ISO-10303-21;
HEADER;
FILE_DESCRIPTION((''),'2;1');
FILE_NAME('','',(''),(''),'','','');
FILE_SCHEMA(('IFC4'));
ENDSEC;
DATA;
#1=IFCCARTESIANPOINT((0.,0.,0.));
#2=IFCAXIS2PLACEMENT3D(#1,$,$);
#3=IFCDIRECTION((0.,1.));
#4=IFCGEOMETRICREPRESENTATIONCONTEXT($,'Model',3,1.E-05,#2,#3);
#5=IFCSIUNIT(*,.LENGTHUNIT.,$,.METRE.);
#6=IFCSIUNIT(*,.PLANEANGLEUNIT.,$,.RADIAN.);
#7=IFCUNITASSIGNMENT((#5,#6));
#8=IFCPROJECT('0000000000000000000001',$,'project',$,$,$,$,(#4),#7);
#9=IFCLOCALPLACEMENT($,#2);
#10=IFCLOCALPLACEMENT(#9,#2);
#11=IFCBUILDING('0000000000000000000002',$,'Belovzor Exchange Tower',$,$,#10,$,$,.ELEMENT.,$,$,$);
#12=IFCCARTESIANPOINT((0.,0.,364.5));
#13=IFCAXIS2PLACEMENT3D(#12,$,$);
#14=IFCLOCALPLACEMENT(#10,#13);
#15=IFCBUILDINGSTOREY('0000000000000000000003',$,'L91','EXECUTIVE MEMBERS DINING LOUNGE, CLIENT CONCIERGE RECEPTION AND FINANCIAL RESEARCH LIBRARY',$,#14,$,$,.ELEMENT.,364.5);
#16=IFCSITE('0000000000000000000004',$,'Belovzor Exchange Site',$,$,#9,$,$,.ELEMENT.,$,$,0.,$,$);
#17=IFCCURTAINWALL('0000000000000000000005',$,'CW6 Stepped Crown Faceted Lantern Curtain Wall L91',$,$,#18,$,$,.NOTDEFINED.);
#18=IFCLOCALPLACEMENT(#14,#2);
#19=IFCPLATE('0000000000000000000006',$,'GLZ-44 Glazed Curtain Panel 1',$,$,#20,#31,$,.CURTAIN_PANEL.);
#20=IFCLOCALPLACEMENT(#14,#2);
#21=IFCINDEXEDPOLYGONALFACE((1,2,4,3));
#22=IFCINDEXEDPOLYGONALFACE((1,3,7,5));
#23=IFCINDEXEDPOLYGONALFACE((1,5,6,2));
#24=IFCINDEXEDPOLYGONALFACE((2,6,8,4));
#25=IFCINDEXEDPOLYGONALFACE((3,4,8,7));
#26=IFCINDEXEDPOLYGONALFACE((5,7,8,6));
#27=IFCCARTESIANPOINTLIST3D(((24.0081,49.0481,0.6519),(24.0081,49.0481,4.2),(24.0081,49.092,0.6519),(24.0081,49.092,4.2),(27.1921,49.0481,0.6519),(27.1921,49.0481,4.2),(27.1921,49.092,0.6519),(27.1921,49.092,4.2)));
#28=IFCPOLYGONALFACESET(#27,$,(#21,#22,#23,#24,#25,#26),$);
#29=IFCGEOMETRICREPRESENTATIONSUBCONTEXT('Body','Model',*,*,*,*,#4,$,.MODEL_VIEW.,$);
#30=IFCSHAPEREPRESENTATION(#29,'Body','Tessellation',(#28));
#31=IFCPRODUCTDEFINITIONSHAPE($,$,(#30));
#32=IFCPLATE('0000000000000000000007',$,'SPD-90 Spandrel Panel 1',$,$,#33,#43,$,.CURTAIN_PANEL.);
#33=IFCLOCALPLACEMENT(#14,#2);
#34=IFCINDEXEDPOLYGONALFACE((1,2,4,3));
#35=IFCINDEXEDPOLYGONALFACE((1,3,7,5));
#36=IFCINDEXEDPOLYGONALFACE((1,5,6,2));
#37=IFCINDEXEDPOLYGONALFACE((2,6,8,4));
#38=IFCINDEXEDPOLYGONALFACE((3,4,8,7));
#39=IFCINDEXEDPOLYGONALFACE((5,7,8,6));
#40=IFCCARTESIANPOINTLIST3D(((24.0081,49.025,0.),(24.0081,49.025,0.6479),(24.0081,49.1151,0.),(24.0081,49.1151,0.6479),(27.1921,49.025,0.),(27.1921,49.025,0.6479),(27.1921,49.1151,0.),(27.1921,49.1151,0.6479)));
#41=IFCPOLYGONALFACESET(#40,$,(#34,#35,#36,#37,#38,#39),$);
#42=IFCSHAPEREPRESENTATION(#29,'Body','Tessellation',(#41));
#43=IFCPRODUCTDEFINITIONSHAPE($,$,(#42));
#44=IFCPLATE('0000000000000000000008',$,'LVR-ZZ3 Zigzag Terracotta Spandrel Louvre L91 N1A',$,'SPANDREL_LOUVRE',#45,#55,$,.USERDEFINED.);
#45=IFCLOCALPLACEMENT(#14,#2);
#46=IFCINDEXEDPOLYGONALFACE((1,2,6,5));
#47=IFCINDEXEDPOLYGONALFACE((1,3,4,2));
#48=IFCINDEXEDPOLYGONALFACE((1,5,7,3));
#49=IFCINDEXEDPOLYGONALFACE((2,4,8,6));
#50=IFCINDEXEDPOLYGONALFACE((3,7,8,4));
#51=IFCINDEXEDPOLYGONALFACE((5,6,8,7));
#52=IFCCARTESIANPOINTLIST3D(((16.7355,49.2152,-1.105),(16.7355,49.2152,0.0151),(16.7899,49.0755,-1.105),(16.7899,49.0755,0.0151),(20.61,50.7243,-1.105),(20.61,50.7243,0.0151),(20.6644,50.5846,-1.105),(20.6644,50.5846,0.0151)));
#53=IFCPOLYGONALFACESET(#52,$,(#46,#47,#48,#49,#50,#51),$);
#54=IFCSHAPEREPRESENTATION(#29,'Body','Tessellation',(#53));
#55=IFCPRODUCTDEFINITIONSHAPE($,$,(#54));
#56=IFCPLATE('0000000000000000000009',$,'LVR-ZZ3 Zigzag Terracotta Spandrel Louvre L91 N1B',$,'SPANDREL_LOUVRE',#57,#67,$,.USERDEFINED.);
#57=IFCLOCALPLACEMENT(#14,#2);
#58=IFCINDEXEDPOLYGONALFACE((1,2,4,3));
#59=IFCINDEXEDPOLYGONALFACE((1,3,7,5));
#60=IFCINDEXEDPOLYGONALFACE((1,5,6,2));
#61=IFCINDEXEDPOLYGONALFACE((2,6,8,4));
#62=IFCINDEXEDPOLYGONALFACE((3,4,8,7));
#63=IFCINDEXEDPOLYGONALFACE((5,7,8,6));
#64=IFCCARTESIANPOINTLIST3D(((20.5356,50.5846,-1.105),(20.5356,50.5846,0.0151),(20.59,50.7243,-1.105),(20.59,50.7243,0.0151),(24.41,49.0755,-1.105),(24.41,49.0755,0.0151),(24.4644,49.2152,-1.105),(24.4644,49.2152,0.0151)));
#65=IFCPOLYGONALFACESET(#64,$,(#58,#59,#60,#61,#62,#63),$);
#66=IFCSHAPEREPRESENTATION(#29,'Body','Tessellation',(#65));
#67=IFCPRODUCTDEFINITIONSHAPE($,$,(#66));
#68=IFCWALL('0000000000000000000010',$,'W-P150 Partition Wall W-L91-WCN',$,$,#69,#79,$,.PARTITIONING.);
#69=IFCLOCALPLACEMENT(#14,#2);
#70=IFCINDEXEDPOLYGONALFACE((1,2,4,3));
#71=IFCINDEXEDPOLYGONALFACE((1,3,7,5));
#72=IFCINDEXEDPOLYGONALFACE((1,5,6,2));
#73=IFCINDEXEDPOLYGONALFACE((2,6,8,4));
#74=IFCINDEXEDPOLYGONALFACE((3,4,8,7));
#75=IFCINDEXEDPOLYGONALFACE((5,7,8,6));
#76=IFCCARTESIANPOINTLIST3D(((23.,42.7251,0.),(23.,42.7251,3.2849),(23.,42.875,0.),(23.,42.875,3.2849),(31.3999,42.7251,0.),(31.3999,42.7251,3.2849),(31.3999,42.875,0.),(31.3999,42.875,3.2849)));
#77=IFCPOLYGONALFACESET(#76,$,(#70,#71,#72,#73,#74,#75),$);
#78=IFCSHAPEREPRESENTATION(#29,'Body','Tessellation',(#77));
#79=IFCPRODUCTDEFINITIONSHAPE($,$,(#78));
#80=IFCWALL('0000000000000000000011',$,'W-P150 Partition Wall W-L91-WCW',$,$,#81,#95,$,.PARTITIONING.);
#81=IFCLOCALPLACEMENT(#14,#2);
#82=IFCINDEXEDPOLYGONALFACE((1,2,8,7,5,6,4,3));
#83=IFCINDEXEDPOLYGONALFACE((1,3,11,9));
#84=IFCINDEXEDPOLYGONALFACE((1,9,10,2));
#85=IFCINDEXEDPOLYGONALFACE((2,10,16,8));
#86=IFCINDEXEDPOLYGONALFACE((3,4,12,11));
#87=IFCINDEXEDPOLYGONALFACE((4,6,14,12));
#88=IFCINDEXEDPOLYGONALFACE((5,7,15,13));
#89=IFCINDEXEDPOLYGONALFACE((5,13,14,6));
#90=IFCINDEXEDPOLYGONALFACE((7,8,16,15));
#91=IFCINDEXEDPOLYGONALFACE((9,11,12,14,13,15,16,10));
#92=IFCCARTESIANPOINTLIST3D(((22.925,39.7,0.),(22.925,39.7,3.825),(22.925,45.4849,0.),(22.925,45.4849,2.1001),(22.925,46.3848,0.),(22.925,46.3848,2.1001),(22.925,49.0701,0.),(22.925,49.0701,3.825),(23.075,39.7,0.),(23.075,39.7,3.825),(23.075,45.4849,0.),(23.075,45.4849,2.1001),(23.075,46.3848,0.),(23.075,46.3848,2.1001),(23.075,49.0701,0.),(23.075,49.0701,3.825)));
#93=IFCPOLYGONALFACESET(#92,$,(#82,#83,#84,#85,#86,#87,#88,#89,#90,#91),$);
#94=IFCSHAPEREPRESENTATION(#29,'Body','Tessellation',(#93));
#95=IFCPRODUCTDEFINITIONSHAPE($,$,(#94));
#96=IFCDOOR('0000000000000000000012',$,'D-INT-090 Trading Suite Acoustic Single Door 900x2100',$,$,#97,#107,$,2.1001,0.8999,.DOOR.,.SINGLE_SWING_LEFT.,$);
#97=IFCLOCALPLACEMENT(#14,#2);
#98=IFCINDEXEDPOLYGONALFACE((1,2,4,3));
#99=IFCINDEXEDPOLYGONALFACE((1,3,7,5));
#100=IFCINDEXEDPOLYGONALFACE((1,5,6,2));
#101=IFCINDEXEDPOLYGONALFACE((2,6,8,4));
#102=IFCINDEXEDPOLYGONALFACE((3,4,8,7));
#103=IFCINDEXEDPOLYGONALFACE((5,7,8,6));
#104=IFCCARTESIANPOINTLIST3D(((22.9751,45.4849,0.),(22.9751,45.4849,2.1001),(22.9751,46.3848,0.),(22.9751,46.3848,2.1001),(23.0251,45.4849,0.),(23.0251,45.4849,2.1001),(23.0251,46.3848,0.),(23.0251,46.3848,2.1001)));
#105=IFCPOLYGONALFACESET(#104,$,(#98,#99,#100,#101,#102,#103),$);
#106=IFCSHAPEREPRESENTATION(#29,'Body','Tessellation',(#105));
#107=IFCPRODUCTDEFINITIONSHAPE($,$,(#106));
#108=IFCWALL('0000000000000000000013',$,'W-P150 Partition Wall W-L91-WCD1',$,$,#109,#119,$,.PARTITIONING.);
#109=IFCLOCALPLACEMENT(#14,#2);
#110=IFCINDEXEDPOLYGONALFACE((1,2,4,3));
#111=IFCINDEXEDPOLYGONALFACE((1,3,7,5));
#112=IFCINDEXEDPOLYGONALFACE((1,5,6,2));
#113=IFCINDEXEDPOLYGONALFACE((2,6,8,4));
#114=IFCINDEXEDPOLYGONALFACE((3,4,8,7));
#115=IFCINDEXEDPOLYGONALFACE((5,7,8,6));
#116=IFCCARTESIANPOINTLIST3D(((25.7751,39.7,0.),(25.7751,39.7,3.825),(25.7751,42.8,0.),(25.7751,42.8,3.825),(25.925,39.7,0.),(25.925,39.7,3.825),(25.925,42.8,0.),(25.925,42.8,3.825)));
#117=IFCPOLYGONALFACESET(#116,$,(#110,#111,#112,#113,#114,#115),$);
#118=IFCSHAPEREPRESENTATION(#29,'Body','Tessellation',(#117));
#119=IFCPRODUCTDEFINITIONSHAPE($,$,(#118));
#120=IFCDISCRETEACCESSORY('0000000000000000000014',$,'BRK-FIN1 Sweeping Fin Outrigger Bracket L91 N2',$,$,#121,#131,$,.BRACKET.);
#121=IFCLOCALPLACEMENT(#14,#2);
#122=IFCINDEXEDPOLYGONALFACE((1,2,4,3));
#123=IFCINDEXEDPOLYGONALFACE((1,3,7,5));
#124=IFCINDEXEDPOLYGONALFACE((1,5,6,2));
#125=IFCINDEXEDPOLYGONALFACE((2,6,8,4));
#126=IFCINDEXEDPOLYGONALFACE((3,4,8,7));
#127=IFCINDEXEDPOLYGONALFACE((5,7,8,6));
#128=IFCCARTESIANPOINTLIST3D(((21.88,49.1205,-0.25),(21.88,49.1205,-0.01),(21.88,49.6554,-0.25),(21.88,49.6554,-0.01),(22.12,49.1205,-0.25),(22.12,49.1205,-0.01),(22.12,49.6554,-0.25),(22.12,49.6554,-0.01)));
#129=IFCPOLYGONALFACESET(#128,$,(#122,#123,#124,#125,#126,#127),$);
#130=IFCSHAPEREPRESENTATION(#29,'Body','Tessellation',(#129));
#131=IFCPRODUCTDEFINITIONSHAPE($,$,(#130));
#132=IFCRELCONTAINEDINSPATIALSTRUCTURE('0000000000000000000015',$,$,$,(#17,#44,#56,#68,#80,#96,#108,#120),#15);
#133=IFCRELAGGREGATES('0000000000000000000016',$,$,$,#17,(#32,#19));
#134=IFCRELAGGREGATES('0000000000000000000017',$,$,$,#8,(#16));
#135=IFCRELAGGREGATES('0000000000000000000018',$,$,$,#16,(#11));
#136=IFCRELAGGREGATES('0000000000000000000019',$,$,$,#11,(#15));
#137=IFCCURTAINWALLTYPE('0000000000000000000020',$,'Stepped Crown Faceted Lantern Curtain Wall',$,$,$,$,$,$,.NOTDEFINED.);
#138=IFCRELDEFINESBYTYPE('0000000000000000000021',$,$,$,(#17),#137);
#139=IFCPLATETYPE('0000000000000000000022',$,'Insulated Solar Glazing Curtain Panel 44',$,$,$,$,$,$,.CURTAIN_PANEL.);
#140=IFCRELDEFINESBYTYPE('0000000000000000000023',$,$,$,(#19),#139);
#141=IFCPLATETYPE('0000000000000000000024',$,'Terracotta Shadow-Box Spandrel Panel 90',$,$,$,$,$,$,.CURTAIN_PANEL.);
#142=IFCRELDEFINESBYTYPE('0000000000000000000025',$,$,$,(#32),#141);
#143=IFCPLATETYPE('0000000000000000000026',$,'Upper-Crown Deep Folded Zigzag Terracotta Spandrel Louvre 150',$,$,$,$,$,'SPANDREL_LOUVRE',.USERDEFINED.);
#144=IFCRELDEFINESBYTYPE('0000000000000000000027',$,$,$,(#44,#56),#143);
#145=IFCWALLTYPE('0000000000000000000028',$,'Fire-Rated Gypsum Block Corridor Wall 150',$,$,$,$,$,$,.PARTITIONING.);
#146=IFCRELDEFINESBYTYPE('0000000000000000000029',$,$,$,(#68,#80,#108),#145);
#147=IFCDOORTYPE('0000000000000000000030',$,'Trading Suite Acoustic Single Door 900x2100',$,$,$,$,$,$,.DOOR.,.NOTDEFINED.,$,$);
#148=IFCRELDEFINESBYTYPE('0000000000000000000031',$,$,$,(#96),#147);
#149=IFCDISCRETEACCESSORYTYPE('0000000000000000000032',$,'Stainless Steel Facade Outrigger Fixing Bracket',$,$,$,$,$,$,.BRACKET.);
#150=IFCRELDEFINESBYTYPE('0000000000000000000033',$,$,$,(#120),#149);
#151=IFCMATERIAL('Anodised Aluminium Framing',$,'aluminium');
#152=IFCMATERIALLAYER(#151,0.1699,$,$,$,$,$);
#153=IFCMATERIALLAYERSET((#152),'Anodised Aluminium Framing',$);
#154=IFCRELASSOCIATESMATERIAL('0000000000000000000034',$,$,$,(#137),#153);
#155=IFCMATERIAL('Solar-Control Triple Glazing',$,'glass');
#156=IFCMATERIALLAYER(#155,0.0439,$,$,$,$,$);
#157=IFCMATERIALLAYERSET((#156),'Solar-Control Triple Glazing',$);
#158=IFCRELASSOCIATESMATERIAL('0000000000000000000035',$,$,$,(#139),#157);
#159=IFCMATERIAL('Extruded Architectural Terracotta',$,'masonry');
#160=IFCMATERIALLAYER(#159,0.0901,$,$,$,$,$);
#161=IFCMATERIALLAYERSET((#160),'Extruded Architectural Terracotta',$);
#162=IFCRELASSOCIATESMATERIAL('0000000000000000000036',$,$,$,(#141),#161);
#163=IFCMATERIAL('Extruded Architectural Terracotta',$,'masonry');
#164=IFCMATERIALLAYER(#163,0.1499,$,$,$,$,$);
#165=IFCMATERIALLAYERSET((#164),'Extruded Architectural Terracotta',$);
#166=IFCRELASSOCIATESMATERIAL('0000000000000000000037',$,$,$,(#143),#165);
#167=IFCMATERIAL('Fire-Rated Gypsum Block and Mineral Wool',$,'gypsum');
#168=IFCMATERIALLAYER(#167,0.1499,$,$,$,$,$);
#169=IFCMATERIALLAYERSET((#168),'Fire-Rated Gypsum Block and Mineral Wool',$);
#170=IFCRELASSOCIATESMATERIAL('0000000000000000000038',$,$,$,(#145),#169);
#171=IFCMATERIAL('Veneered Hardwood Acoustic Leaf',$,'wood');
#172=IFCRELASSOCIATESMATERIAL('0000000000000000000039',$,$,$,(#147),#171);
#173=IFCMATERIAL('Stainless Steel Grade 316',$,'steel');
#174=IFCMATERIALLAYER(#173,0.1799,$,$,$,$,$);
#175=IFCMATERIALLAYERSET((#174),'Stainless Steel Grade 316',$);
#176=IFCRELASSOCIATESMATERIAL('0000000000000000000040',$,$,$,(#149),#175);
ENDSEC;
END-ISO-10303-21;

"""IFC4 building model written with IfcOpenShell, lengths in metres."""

from ifc_helpers import new_model, si_unit, direction, frame, frame_2d, origin, origin_2d, place, context, subcontext, project, spatial, rectangle, extrude, material, layer, layer_set, type_object, element, fill, aggregate, save


model = new_model("IFC4")

# Units and contexts
model_context = context("Model", 3, precision=1e-05, world=origin(), true_north=direction((0.0, 1.0)))
body_context = subcontext(model_context, "Body", "Model", "MODEL_VIEW")
ifc_project = project(units=[si_unit("LENGTHUNIT", "METRE"), si_unit("PLANEANGLEUNIT", "RADIAN")], contexts=[model_context])

# Site, building, storey
site_placement = place(None, origin())
site = spatial("IfcSite", under=ifc_project, at=site_placement, Name="Belovzor Exchange Site", CompositionType="ELEMENT", RefElevation=0.0)
building_placement = place(site_placement, origin())
building = spatial("IfcBuilding", under=site, at=building_placement, Name="Belovzor Exchange Tower", CompositionType="ELEMENT")
storey_placement = place(building_placement, frame((0.0, 0.0, 364.5)))
storey = spatial("IfcBuildingStorey", under=building, at=storey_placement, Name="L91", Description="EXECUTIVE MEMBERS DINING LOUNGE, CLIENT CONCIERGE RECEPTION AND FINANCIAL RESEARCH LIBRARY", CompositionType="ELEMENT", Elevation=364.5)

# Curtain wall
ifc_material_1 = material(Name="Anodised Aluminium Framing", Category="aluminium")
ifc_layer_1 = layer(ifc_material_1, 0.1699)
ifc_layer_set_1 = layer_set([ifc_layer_1], Name="Anodised Aluminium Framing")
curtain_wall_type = type_object("IfcCurtainWallType", Name="Stepped Crown Faceted Lantern Curtain Wall", PredefinedType="NOTDEFINED", material=ifc_layer_set_1)
curtain_wall_placement = place(storey_placement, origin())
curtain_wall = element("IfcCurtainWall", 1, at=curtain_wall_placement, inside=storey, type_object=curtain_wall_type, Name="CW6 Stepped Crown Faceted Lantern Curtain Wall L91", PredefinedType="NOTDEFINED")

# Plates
ifc_material_2 = material(Name="Solar-Control Triple Glazing", Category="glass")
ifc_layer_2 = layer(ifc_material_2, 0.0439)
ifc_layer_set_2 = layer_set([ifc_layer_2], Name="Solar-Control Triple Glazing")
plate_type_1 = type_object("IfcPlateType", Name="Insulated Solar Glazing Curtain Panel 44", PredefinedType="CURTAIN_PANEL", material=ifc_layer_set_2)
plate_1_placement = place(storey_placement, frame((25.6001, 49.0701, 0.6519), z_axis=(0.0, 0.0, 1.0), x_axis=(1.0, 0.0, 0.0)))
plate_1 = element("IfcPlate", 2, at=plate_1_placement, type_object=plate_type_1, Name="GLZ-44 Glazed Curtain Panel 1", PredefinedType="CURTAIN_PANEL", context=body_context, shape_type="SweptSolid", body=[
    extrude(rectangle(XDim=3.1841, YDim=0.0439, at=origin_2d()), origin(), (0.0, 0.0, 1.0), 3.5481),
])
ifc_material_3 = material(Name="Extruded Architectural Terracotta", Category="masonry")
ifc_layer_3 = layer(ifc_material_3, 0.0901)
ifc_layer_set_3 = layer_set([ifc_layer_3], Name="Extruded Architectural Terracotta")
plate_type_2 = type_object("IfcPlateType", Name="Terracotta Shadow-Box Spandrel Panel 90", PredefinedType="CURTAIN_PANEL", material=ifc_layer_set_3)
plate_2_placement = place(storey_placement, frame((25.6001, 49.0701, 0.0), z_axis=(0.0, 0.0, 1.0), x_axis=(1.0, 0.0, 0.0)))
plate_2 = element("IfcPlate", 3, at=plate_2_placement, type_object=plate_type_2, Name="SPD-90 Spandrel Panel 1", PredefinedType="CURTAIN_PANEL", context=body_context, shape_type="SweptSolid", body=[
    extrude(rectangle(XDim=3.1841, YDim=0.0901, at=origin_2d()), origin(), (0.0, 0.0, 1.0), 0.6479),
])
aggregate(curtain_wall, [plate_2, plate_1])

# Plates
ifc_material_4 = material(Name="Extruded Architectural Terracotta", Category="masonry")
ifc_layer_4 = layer(ifc_material_4, 0.1499)
ifc_layer_set_4 = layer_set([ifc_layer_4], Name="Extruded Architectural Terracotta")
plate_type_3 = type_object("IfcPlateType", Name="Upper-Crown Deep Folded Zigzag Terracotta Spandrel Louvre 150", ElementType="SPANDREL_LOUVRE", PredefinedType="USERDEFINED", material=ifc_layer_set_4)
for number, where, z_axis, x_axis, name in (
    (4, (18.7, 49.8999, -1.105), (0.0, 0.0, 1.0), (0.931818, 0.362926, 0.0), "LVR-ZZ3 Zigzag Terracotta Spandrel Louvre L91 N1A"),
    (5, (22.5, 49.8999, -1.105), (0.0, 0.0, 1.0), (0.931818, -0.362926, 0.0), "LVR-ZZ3 Zigzag Terracotta Spandrel Louvre L91 N1B"),
):
    element("IfcPlate", number, at=place(storey_placement, frame(where, z_axis=z_axis, x_axis=x_axis)), inside=storey, type_object=plate_type_3, Name=name, ObjectType="SPANDREL_LOUVRE", PredefinedType="USERDEFINED", context=body_context, shape_type="SweptSolid", body=[
        extrude(rectangle(XDim=4.158, YDim=0.1499, at=origin_2d()), origin(), (0.0, 0.0, 1.0), 1.1201),
    ])

# Wall
ifc_material_5 = material(Name="Fire-Rated Gypsum Block and Mineral Wool", Category="gypsum")
ifc_layer_5 = layer(ifc_material_5, 0.1499)
ifc_layer_set_5 = layer_set([ifc_layer_5], Name="Fire-Rated Gypsum Block and Mineral Wool")
wall_type = type_object("IfcWallType", Name="Fire-Rated Gypsum Block Corridor Wall 150", PredefinedType="PARTITIONING", material=ifc_layer_set_5)
wall_1_placement = place(storey_placement, frame((23.0, 42.8, 0.0), z_axis=(0.0, 0.0, 1.0), x_axis=(1.0, 0.0, 0.0)))
element("IfcWall", 6, at=wall_1_placement, inside=storey, type_object=wall_type, Name="W-P150 Partition Wall W-L91-WCN", PredefinedType="PARTITIONING", context=body_context, shape_type="SweptSolid", body=[
    extrude(rectangle(XDim=8.3999, YDim=0.1499, at=frame_2d((4.2, 0.0))), origin(), (0.0, 0.0, 1.0), 3.2849),
])

# Wall, opening, door
wall_2_placement = place(storey_placement, frame((23.0, 39.7, 0.0), z_axis=(0.0, 0.0, 1.0), x_axis=(0.0, 1.0, 0.0)))
wall_2 = element("IfcWall", 7, at=wall_2_placement, inside=storey, type_object=wall_type, Name="W-P150 Partition Wall W-L91-WCW", PredefinedType="PARTITIONING", context=body_context, shape_type="SweptSolid", body=[
    extrude(rectangle(XDim=9.3701, YDim=0.1499, at=frame_2d((4.6851, 0.0))), origin(), (0.0, 0.0, 1.0), 3.825),
])
opening_placement = place(wall_2_placement, frame((5.7849, 0.0, 0.0)))
opening = element("IfcOpeningElement", 8, at=opening_placement, cuts=wall_2, PredefinedType="OPENING", context=body_context, shape_type="SweptSolid", body=[
    extrude(rectangle(XDim=0.8999, YDim=2.1001, at=frame_2d((0.45, 1.05))), frame((0.0, 0.085, 0.0), z_axis=(0.0, -1.0, 0.0), x_axis=(1.0, 0.0, 0.0)), (0.0, 0.0, 1.0), 0.1699),
])
ifc_material_6 = material(Name="Veneered Hardwood Acoustic Leaf", Category="wood")
door_type = type_object("IfcDoorType", Name="Trading Suite Acoustic Single Door 900x2100", OperationType="NOTDEFINED", PredefinedType="DOOR", material=ifc_material_6)
door_placement = place(opening_placement, origin())
door = element("IfcDoor", 9, at=door_placement, inside=storey, type_object=door_type, Name="D-INT-090 Trading Suite Acoustic Single Door 900x2100", OperationType="SINGLE_SWING_LEFT", OverallHeight=2.1001, OverallWidth=0.8999, PredefinedType="DOOR", context=body_context, shape_type="SweptSolid", body=[
    extrude(rectangle(XDim=0.8999, YDim=2.1001, at=frame_2d((0.45, 1.05))), frame((0.0, 0.0249, 0.0), z_axis=(0.0, -1.0, 0.0), x_axis=(1.0, 0.0, 0.0)), (0.0, 0.0, 1.0), 0.05),
])
fill(opening, door)

# Wall
wall_3_placement = place(storey_placement, frame((25.8501, 39.7, 0.0), z_axis=(0.0, 0.0, 1.0), x_axis=(0.0, 1.0, 0.0)))
element("IfcWall", 10, at=wall_3_placement, inside=storey, type_object=wall_type, Name="W-P150 Partition Wall W-L91-WCD1", PredefinedType="PARTITIONING", context=body_context, shape_type="SweptSolid", body=[
    extrude(rectangle(XDim=3.1001, YDim=0.1499, at=frame_2d((1.55, 0.0))), origin(), (0.0, 0.0, 1.0), 3.825),
])

# Discrete accessory
ifc_material_7 = material(Name="Stainless Steel Grade 316", Category="steel")
ifc_layer_6 = layer(ifc_material_7, 0.1799)
ifc_layer_set_6 = layer_set([ifc_layer_6], Name="Stainless Steel Grade 316")
discrete_accessory_type = type_object("IfcDiscreteAccessoryType", Name="Stainless Steel Facade Outrigger Fixing Bracket", PredefinedType="BRACKET", material=ifc_layer_set_6)
discrete_accessory_placement = place(storey_placement, frame((22.0, 49.3879, -0.25), z_axis=(0.0, 0.0, 1.0), x_axis=(0.0, 1.0, 0.0)))
element("IfcDiscreteAccessory", 11, at=discrete_accessory_placement, inside=storey, type_object=discrete_accessory_type, Name="BRK-FIN1 Sweeping Fin Outrigger Bracket L91 N2", PredefinedType="BRACKET", context=body_context, shape_type="SweptSolid", body=[
    extrude(rectangle(XDim=0.5349, YDim=0.24, at=origin_2d()), origin(), (0.0, 0.0, 1.0), 0.24),
])

save(model, "model.ifc")
